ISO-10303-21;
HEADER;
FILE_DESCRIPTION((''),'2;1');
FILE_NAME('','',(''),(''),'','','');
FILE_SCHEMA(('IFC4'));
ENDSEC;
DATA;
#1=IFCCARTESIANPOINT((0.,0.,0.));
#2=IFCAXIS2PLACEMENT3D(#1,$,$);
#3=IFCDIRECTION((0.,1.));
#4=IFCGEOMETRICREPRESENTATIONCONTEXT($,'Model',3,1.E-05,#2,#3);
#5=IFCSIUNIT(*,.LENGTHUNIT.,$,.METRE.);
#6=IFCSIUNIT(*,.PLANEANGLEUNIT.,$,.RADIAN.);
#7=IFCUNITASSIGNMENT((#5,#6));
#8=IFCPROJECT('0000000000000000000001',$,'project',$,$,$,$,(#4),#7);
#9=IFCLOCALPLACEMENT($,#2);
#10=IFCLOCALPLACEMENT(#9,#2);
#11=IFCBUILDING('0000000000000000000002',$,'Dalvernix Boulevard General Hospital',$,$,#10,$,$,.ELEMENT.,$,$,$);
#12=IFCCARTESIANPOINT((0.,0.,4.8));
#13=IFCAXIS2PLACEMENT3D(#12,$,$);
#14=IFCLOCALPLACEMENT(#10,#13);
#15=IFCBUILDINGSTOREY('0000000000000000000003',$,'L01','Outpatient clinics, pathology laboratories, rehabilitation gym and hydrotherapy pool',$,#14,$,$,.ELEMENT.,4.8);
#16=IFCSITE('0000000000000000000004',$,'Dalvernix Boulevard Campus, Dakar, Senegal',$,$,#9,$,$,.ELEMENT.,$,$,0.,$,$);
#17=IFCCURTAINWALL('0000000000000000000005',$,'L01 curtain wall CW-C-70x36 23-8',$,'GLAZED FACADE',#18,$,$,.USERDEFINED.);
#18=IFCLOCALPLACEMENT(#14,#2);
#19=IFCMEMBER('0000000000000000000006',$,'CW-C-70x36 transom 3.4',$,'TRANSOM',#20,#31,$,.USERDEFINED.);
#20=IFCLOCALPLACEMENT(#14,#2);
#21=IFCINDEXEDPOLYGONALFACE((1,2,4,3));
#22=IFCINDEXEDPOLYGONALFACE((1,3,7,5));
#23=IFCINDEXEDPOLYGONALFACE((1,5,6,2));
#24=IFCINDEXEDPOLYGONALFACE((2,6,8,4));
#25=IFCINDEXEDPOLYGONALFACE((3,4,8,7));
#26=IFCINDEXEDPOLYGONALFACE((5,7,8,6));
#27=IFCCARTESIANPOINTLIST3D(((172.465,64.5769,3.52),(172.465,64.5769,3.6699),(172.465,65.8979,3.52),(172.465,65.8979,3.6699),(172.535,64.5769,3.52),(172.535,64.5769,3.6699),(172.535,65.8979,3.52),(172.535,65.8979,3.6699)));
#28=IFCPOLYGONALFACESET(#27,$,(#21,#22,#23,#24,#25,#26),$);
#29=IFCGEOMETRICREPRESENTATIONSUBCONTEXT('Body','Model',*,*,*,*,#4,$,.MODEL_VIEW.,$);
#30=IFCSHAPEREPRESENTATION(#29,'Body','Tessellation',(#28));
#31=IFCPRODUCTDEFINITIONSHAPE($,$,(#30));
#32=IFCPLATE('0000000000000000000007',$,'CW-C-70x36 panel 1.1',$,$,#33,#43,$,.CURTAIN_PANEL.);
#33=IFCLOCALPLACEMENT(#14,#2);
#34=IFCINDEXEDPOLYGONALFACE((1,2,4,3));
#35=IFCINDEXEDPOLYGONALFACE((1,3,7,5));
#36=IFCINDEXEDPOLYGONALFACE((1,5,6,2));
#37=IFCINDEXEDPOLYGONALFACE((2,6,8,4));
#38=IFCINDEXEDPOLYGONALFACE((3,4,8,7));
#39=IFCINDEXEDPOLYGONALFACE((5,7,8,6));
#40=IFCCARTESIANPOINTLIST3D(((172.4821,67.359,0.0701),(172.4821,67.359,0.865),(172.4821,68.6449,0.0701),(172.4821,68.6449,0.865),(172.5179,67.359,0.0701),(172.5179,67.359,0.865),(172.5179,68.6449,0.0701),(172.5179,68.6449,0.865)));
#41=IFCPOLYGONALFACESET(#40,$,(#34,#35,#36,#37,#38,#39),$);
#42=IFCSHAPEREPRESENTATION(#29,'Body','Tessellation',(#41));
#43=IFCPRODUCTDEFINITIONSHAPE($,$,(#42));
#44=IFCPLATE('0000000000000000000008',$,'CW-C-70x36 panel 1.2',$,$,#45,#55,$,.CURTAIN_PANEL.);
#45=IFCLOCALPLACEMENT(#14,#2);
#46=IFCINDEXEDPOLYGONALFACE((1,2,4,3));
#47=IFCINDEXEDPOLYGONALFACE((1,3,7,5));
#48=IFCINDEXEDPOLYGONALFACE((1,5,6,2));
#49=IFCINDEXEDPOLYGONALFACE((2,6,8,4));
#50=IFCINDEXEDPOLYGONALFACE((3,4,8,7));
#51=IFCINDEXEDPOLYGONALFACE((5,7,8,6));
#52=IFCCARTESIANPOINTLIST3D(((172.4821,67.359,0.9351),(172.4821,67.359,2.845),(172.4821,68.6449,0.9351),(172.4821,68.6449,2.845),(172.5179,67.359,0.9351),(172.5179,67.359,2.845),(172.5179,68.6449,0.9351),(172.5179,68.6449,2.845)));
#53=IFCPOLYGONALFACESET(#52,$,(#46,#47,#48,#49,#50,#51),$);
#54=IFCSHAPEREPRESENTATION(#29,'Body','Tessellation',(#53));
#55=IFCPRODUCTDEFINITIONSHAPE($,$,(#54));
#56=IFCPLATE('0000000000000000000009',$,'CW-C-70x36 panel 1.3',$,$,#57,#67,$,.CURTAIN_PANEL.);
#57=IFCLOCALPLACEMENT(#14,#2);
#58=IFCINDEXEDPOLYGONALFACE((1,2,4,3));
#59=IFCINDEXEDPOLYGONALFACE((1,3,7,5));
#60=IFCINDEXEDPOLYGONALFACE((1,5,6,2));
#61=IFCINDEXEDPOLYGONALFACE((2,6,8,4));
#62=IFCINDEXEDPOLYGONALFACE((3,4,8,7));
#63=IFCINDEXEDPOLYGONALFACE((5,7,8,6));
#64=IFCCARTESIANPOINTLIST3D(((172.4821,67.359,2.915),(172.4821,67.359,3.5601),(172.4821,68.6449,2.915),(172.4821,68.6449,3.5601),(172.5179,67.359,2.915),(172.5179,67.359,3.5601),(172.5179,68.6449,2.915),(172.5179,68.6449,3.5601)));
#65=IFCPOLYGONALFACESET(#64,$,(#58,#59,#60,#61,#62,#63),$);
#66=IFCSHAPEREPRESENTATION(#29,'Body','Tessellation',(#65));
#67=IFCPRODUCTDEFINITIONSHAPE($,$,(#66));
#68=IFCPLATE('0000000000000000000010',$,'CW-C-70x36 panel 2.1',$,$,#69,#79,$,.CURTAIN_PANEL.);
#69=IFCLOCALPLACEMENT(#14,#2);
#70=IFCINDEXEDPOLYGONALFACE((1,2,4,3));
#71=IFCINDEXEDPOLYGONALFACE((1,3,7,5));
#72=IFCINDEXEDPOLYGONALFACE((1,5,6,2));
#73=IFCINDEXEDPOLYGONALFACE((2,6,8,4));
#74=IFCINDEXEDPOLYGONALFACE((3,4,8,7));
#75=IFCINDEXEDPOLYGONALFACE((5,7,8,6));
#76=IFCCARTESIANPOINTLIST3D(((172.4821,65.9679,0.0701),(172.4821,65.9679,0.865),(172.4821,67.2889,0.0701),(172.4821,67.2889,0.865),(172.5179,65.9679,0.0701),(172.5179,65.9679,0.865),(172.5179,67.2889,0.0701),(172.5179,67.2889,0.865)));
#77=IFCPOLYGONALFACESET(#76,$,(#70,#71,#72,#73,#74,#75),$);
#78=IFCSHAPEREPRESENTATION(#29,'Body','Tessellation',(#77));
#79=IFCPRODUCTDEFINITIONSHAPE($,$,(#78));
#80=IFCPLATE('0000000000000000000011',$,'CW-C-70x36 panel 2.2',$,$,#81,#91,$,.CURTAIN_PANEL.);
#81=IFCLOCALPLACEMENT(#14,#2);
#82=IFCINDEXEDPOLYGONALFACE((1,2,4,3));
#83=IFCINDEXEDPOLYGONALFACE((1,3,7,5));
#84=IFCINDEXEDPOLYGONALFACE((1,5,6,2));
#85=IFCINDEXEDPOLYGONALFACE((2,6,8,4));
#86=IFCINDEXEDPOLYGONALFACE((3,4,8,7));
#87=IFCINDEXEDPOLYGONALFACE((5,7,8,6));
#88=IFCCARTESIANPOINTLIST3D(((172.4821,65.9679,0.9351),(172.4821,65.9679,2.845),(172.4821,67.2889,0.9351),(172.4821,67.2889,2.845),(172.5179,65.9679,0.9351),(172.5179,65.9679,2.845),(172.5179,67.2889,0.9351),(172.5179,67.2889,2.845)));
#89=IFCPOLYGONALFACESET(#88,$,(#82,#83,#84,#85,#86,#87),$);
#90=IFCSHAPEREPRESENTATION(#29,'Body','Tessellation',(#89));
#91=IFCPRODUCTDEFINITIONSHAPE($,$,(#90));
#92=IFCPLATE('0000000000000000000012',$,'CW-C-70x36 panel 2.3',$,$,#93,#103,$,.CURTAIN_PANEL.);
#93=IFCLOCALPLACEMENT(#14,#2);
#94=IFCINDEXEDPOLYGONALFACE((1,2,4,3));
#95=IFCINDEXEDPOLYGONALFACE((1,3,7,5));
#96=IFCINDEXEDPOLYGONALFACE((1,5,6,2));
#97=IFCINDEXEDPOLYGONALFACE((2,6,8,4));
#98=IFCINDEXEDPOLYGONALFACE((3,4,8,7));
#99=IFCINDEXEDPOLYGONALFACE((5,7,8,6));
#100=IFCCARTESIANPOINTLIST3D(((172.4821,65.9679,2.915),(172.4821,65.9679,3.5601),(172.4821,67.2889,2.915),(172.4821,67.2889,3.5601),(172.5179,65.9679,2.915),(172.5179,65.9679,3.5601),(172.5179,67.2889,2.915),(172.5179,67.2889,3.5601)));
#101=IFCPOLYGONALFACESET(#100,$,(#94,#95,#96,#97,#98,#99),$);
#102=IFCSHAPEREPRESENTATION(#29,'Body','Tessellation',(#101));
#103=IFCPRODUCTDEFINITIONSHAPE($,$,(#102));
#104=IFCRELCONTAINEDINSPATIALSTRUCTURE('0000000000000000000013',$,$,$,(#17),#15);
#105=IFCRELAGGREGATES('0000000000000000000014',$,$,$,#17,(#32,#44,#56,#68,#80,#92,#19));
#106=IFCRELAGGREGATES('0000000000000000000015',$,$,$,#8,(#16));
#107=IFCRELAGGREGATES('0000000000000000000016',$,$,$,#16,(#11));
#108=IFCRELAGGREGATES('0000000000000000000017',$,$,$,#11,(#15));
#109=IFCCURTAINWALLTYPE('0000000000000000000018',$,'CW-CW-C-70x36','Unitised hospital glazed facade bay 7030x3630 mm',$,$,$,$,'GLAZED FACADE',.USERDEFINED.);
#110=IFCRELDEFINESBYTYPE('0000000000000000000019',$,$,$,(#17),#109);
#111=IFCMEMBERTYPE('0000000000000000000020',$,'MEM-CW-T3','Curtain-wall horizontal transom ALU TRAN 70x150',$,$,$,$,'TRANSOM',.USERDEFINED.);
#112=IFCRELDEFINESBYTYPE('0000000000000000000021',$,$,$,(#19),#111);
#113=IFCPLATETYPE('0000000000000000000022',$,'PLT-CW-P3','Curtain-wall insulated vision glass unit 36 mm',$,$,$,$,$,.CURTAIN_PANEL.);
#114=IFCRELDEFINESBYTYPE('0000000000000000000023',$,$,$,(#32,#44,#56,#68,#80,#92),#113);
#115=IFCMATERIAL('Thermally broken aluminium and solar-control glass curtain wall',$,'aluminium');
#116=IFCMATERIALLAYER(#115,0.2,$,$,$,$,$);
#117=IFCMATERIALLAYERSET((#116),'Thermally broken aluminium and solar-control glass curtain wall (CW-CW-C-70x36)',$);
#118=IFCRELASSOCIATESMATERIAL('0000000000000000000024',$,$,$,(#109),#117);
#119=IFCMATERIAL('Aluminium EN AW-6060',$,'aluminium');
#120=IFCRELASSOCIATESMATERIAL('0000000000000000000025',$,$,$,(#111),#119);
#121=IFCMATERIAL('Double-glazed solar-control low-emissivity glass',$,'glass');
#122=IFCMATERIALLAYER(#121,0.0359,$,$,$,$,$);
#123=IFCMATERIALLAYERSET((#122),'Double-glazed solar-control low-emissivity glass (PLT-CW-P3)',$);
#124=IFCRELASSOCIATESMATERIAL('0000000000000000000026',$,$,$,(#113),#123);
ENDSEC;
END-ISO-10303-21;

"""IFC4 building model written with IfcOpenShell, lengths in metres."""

from ifc_helpers import new_model, si_unit, direction, frame, origin, origin_2d, place, context, subcontext, project, spatial, rectangle, extrude, material, layer, layer_set, material_profile, profile_set, type_object, element, aggregate, save


model = new_model("IFC4")

# Units and contexts
model_context = context("Model", 3, precision=1e-05, world=origin(), true_north=direction((0.0, 1.0)))
body_context = subcontext(model_context, "Body", "Model", "MODEL_VIEW")
ifc_project = project(units=[si_unit("LENGTHUNIT", "METRE"), si_unit("PLANEANGLEUNIT", "RADIAN")], contexts=[model_context])

# Site, building, storey
site_placement = place(None, origin())
site = spatial("IfcSite", under=ifc_project, at=site_placement, Name="Dalvernix Boulevard Campus, Dakar, Senegal", CompositionType="ELEMENT", RefElevation=0.0)
building_placement = place(site_placement, origin())
building = spatial("IfcBuilding", under=site, at=building_placement, Name="Dalvernix Boulevard General Hospital", CompositionType="ELEMENT")
storey_placement = place(building_placement, frame((0.0, 0.0, 4.8)))
storey = spatial("IfcBuildingStorey", under=building, at=storey_placement, Name="L01", Description="Outpatient clinics, pathology laboratories, rehabilitation gym and hydrotherapy pool", CompositionType="ELEMENT", Elevation=4.8)

# Curtain wall, member, plates
ifc_material_1 = material(Name="Thermally broken aluminium and solar-control glass curtain wall", Category="aluminium")
ifc_layer_1 = layer(ifc_material_1, 0.2)
ifc_layer_set_1 = layer_set([ifc_layer_1], Name="Thermally broken aluminium and solar-control glass curtain wall (CW-CW-C-70x36)")
curtain_wall_type = type_object("IfcCurtainWallType", Name="CW-CW-C-70x36", Description="Unitised hospital glazed facade bay 7030x3630 mm", ElementType="GLAZED FACADE", PredefinedType="USERDEFINED", material=ifc_layer_set_1)
curtain_wall_placement = place(storey_placement, origin())
curtain_wall = element("IfcCurtainWall", 1, at=curtain_wall_placement, inside=storey, type_object=curtain_wall_type, Name="L01 curtain wall CW-C-70x36 23-8", ObjectType="GLAZED FACADE", PredefinedType="USERDEFINED")
ifc_material_2 = material(Name="Aluminium EN AW-6060", Category="aluminium")
ifc_material_profile_1 = material_profile(ifc_material_2, rectangle(XDim=0.0701, YDim=0.1499, at=origin_2d()), Name="ALU TRAN 70x150")
ifc_profile_set_1 = profile_set([ifc_material_profile_1], Name="Aluminium EN AW-6060")
member_type_1 = type_object("IfcMemberType", Name="MEM-CW-T3", Description="Curtain-wall horizontal transom ALU TRAN 70x150", ElementType="TRANSOM", PredefinedType="USERDEFINED", material=ifc_profile_set_1)
member_1_placement = place(storey_placement, frame((172.5, 65.8979, 3.595), z_axis=(0.0, -1.0, 0.0), x_axis=(1.0, 0.0, 0.0)))
member_1 = element("IfcMember", 2, at=member_1_placement, type_object=member_type_1, Name="CW-C-70x36 transom 3.4", ObjectType="TRANSOM", PredefinedType="USERDEFINED", context=body_context, shape_type="SweptSolid", body=[
    extrude(rectangle(XDim=0.0701, YDim=0.1499, at=origin_2d()), origin(), (0.0, 0.0, 1.0), 1.321),
])
ifc_material_3 = material(Name="Double-glazed solar-control low-emissivity glass", Category="glass")
ifc_layer_2 = layer(ifc_material_3, 0.0359)
ifc_layer_set_2 = layer_set([ifc_layer_2], Name="Double-glazed solar-control low-emissivity glass (PLT-CW-P3)")
plate_type = type_object("IfcPlateType", Name="PLT-CW-P3", Description="Curtain-wall insulated vision glass unit 36 mm", PredefinedType="CURTAIN_PANEL", material=ifc_layer_set_2)
plate_1_placement = place(storey_placement, frame((172.5, 68.002, 0.0701), z_axis=(0.0, 0.0, 1.0), x_axis=(0.0, -1.0, 0.0)))
plate_1 = element("IfcPlate", 3, at=plate_1_placement, type_object=plate_type, Name="CW-C-70x36 panel 1.1", PredefinedType="CURTAIN_PANEL", context=body_context, shape_type="SweptSolid", body=[
    extrude(rectangle(XDim=1.2859, YDim=0.0359, at=origin_2d()), origin(), (0.0, 0.0, 1.0), 0.7949),
])
plate_2_placement = place(storey_placement, frame((172.5, 68.002, 0.9351), z_axis=(0.0, 0.0, 1.0), x_axis=(0.0, -1.0, 0.0)))
plate_2 = element("IfcPlate", 4, at=plate_2_placement, type_object=plate_type, Name="CW-C-70x36 panel 1.2", PredefinedType="CURTAIN_PANEL", context=body_context, shape_type="SweptSolid", body=[
    extrude(rectangle(XDim=1.2859, YDim=0.0359, at=origin_2d()), origin(), (0.0, 0.0, 1.0), 1.9099),
])
plate_3_placement = place(storey_placement, frame((172.5, 68.002, 2.915), z_axis=(0.0, 0.0, 1.0), x_axis=(0.0, -1.0, 0.0)))
plate_3 = element("IfcPlate", 5, at=plate_3_placement, type_object=plate_type, Name="CW-C-70x36 panel 1.3", PredefinedType="CURTAIN_PANEL", context=body_context, shape_type="SweptSolid", body=[
    extrude(rectangle(XDim=1.2859, YDim=0.0359, at=origin_2d()), origin(), (0.0, 0.0, 1.0), 0.645),
])
plate_4_placement = place(storey_placement, frame((172.5, 66.6284, 0.0701), z_axis=(0.0, 0.0, 1.0), x_axis=(0.0, -1.0, 0.0)))
plate_4 = element("IfcPlate", 6, at=plate_4_placement, type_object=plate_type, Name="CW-C-70x36 panel 2.1", PredefinedType="CURTAIN_PANEL", context=body_context, shape_type="SweptSolid", body=[
    extrude(rectangle(XDim=1.321, YDim=0.0359, at=origin_2d()), origin(), (0.0, 0.0, 1.0), 0.7949),
])
plate_5_placement = place(storey_placement, frame((172.5, 66.6284, 0.9351), z_axis=(0.0, 0.0, 1.0), x_axis=(0.0, -1.0, 0.0)))
plate_5 = element("IfcPlate", 7, at=plate_5_placement, type_object=plate_type, Name="CW-C-70x36 panel 2.2", PredefinedType="CURTAIN_PANEL", context=body_context, shape_type="SweptSolid", body=[
    extrude(rectangle(XDim=1.321, YDim=0.0359, at=origin_2d()), origin(), (0.0, 0.0, 1.0), 1.9099),
])
plate_6_placement = place(storey_placement, frame((172.5, 66.6284, 2.915), z_axis=(0.0, 0.0, 1.0), x_axis=(0.0, -1.0, 0.0)))
plate_6 = element("IfcPlate", 8, at=plate_6_placement, type_object=plate_type, Name="CW-C-70x36 panel 2.3", PredefinedType="CURTAIN_PANEL", context=body_context, shape_type="SweptSolid", body=[
    extrude(rectangle(XDim=1.321, YDim=0.0359, at=origin_2d()), origin(), (0.0, 0.0, 1.0), 0.645),
])
aggregate(curtain_wall, [plate_1, plate_2, plate_3, plate_4, plate_5, plate_6, member_1])

save(model, "model.ifc")
